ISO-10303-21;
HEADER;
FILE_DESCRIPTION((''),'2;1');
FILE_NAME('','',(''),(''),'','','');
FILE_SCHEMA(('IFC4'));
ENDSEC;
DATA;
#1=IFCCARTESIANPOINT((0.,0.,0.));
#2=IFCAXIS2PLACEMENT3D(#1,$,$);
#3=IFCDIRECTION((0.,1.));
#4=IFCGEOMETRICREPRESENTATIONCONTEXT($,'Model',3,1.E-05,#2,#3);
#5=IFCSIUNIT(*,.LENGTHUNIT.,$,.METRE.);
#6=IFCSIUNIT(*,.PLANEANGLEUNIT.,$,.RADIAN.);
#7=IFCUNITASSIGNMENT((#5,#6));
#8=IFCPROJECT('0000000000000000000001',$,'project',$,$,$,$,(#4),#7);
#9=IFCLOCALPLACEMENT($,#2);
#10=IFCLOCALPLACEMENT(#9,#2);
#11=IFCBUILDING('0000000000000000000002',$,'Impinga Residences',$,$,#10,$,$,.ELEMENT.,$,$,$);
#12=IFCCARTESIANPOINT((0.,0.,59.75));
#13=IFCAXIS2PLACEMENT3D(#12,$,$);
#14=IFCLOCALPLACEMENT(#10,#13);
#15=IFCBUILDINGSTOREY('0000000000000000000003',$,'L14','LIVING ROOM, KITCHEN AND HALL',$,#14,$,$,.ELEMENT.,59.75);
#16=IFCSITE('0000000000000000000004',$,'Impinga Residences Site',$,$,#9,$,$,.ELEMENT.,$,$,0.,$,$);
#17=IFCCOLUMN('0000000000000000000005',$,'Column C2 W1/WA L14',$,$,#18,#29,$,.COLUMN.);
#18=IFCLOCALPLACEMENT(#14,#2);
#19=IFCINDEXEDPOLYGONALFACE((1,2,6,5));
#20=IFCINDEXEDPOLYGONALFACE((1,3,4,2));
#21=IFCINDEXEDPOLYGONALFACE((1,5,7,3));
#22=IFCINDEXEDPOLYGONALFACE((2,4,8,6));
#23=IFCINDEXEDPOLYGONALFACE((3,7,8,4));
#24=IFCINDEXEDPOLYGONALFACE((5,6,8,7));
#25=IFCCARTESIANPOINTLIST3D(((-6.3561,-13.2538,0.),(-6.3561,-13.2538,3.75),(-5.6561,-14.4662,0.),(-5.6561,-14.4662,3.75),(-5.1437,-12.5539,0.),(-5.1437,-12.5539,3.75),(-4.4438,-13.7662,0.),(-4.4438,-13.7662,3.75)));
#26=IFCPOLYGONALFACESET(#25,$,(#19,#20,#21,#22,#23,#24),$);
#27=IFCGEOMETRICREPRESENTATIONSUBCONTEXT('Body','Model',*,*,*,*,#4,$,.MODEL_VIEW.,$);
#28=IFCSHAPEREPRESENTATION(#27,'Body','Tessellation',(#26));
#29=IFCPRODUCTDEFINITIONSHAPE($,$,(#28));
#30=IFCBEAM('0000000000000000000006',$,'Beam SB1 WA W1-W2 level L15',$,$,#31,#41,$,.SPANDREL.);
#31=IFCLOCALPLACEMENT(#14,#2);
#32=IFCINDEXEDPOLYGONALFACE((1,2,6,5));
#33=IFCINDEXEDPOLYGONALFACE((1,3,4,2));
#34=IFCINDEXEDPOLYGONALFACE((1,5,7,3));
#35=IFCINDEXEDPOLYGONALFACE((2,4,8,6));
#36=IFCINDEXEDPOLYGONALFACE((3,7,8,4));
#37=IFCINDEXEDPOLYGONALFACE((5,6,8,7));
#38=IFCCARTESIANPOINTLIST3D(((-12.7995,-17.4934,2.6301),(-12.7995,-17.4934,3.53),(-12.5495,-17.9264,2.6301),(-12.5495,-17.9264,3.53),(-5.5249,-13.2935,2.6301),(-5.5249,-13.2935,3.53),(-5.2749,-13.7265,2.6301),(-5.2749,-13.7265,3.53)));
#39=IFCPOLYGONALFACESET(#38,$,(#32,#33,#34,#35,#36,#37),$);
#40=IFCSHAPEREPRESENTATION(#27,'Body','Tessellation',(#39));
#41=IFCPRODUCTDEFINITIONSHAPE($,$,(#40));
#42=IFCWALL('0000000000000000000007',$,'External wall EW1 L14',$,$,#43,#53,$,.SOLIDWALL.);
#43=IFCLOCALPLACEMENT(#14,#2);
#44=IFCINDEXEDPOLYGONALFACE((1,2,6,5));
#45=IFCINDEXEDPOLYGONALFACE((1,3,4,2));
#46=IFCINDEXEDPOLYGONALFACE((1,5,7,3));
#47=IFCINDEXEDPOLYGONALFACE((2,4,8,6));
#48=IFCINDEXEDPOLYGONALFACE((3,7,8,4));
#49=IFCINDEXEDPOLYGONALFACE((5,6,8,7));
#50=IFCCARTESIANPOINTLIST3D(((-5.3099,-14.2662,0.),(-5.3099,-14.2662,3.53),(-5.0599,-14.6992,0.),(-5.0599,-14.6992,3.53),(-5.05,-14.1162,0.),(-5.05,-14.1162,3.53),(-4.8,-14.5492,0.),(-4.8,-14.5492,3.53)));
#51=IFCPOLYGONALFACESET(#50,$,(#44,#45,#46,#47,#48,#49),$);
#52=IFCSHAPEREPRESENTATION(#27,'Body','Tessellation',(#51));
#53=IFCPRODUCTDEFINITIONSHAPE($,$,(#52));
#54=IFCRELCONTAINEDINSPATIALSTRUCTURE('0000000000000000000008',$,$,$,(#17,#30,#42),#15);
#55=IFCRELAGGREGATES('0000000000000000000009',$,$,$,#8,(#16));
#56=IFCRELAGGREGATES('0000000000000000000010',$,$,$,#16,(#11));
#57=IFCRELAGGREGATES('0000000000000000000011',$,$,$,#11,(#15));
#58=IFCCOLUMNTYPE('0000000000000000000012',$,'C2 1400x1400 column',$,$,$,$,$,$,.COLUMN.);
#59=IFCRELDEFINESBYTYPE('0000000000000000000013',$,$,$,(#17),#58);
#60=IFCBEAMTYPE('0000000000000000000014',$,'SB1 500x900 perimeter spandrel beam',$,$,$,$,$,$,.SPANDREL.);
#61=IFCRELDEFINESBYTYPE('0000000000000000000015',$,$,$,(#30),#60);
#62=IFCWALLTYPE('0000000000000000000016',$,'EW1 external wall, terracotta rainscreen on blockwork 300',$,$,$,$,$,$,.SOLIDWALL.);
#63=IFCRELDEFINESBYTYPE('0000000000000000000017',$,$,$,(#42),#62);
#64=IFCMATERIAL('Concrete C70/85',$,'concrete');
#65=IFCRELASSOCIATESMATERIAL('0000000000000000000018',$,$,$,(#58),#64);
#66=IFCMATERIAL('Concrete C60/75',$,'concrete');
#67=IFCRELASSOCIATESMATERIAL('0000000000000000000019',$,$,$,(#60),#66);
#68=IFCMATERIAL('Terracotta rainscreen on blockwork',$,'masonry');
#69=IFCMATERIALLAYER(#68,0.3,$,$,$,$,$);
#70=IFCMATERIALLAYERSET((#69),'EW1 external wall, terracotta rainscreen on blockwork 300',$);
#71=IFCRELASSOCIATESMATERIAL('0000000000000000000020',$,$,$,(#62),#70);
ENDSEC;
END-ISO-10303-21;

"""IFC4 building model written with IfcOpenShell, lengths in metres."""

from ifc_helpers import new_model, si_unit, direction, frame, frame_2d, origin, origin_2d, place, context, subcontext, project, spatial, rectangle, extrude, material, layer, layer_set, material_profile, profile_set, type_object, element, save


model = new_model("IFC4")

# Units and contexts
model_context = context("Model", 3, precision=1e-05, world=origin(), true_north=direction((0.0, 1.0)))
body_context = subcontext(model_context, "Body", "Model", "MODEL_VIEW")
ifc_project = project(units=[si_unit("LENGTHUNIT", "METRE"), si_unit("PLANEANGLEUNIT", "RADIAN")], contexts=[model_context])

# Site, building, storey
site_placement = place(None, origin())
site = spatial("IfcSite", under=ifc_project, at=site_placement, Name="Impinga Residences Site", CompositionType="ELEMENT", RefElevation=0.0)
building_placement = place(site_placement, origin())
building = spatial("IfcBuilding", under=site, at=building_placement, Name="Impinga Residences", CompositionType="ELEMENT")
storey_placement = place(building_placement, frame((0.0, 0.0, 59.75)))
storey = spatial("IfcBuildingStorey", under=building, at=storey_placement, Name="L14", Description="LIVING ROOM, KITCHEN AND HALL", CompositionType="ELEMENT", Elevation=59.75)

# Column
ifc_material_1 = material(Name="Concrete C70/85", Category="concrete")
ifc_material_profile_1 = material_profile(ifc_material_1, rectangle(XDim=1.3999, YDim=1.3999, at=origin_2d()), Name="RC 1400x1400")
ifc_profile_set_1 = profile_set([ifc_material_profile_1], Name="Concrete C70/85")
column_type = type_object("IfcColumnType", Name="C2 1400x1400 column", PredefinedType="COLUMN", material=ifc_profile_set_1)
column_placement = place(storey_placement, frame((-5.3999, -13.51, 0.0), z_axis=(0.0, 0.0, 1.0), x_axis=(-0.5, 0.866025, 0.0)))
element("IfcColumn", 1, at=column_placement, inside=storey, type_object=column_type, Name="Column C2 W1/WA L14", PredefinedType="COLUMN", context=body_context, shape_type="SweptSolid", body=[
    extrude(rectangle(XDim=1.3999, YDim=1.3999, at=origin_2d()), origin(), (0.0, 0.0, 1.0), 3.75),
])

# Beam
ifc_material_2 = material(Name="Concrete C60/75", Category="concrete")
ifc_material_profile_2 = material_profile(ifc_material_2, rectangle(XDim=0.5, YDim=0.8999, at=origin_2d()), Name="RC 500x900")
ifc_profile_set_2 = profile_set([ifc_material_profile_2], Name="Concrete C60/75")
beam_type = type_object("IfcBeamType", Name="SB1 500x900 perimeter spandrel beam", PredefinedType="SPANDREL", material=ifc_profile_set_2)
beam_placement = place(storey_placement, frame((-5.3999, -13.51, 3.0801), z_axis=(-0.866029, -0.499993, 0.0), x_axis=(0.499993, -0.866029, 0.0)))
element("IfcBeam", 2, at=beam_placement, inside=storey, type_object=beam_type, Name="Beam SB1 WA W1-W2 level L15", PredefinedType="SPANDREL", context=body_context, shape_type="SweptSolid", body=[
    extrude(rectangle(XDim=0.5, YDim=0.8999, at=origin_2d()), origin(), (0.0, 0.0, 1.0), 8.3999),
])

# Wall
ifc_material_3 = material(Name="Terracotta rainscreen on blockwork", Category="masonry")
ifc_layer_1 = layer(ifc_material_3, 0.3)
ifc_layer_set_1 = layer_set([ifc_layer_1], Name="EW1 external wall, terracotta rainscreen on blockwork 300")
wall_type_1 = type_object("IfcWallType", Name="EW1 external wall, terracotta rainscreen on blockwork 300", PredefinedType="SOLIDWALL", material=ifc_layer_set_1)
wall_1_placement = place(storey_placement, frame((-5.1799, -14.1912, 0.0), z_axis=(0.0, 0.0, 1.0), x_axis=(0.49992, -0.866072, 0.0)))
element("IfcWall", 3, at=wall_1_placement, inside=storey, type_object=wall_type_1, Name="External wall EW1 L14", PredefinedType="SOLIDWALL", context=body_context, shape_type="SweptSolid", body=[
    extrude(rectangle(XDim=0.5, YDim=0.3, at=frame_2d((0.25, 0.0))), origin(), (0.0, 0.0, 1.0), 3.53),
])

save(model, "model.ifc")
